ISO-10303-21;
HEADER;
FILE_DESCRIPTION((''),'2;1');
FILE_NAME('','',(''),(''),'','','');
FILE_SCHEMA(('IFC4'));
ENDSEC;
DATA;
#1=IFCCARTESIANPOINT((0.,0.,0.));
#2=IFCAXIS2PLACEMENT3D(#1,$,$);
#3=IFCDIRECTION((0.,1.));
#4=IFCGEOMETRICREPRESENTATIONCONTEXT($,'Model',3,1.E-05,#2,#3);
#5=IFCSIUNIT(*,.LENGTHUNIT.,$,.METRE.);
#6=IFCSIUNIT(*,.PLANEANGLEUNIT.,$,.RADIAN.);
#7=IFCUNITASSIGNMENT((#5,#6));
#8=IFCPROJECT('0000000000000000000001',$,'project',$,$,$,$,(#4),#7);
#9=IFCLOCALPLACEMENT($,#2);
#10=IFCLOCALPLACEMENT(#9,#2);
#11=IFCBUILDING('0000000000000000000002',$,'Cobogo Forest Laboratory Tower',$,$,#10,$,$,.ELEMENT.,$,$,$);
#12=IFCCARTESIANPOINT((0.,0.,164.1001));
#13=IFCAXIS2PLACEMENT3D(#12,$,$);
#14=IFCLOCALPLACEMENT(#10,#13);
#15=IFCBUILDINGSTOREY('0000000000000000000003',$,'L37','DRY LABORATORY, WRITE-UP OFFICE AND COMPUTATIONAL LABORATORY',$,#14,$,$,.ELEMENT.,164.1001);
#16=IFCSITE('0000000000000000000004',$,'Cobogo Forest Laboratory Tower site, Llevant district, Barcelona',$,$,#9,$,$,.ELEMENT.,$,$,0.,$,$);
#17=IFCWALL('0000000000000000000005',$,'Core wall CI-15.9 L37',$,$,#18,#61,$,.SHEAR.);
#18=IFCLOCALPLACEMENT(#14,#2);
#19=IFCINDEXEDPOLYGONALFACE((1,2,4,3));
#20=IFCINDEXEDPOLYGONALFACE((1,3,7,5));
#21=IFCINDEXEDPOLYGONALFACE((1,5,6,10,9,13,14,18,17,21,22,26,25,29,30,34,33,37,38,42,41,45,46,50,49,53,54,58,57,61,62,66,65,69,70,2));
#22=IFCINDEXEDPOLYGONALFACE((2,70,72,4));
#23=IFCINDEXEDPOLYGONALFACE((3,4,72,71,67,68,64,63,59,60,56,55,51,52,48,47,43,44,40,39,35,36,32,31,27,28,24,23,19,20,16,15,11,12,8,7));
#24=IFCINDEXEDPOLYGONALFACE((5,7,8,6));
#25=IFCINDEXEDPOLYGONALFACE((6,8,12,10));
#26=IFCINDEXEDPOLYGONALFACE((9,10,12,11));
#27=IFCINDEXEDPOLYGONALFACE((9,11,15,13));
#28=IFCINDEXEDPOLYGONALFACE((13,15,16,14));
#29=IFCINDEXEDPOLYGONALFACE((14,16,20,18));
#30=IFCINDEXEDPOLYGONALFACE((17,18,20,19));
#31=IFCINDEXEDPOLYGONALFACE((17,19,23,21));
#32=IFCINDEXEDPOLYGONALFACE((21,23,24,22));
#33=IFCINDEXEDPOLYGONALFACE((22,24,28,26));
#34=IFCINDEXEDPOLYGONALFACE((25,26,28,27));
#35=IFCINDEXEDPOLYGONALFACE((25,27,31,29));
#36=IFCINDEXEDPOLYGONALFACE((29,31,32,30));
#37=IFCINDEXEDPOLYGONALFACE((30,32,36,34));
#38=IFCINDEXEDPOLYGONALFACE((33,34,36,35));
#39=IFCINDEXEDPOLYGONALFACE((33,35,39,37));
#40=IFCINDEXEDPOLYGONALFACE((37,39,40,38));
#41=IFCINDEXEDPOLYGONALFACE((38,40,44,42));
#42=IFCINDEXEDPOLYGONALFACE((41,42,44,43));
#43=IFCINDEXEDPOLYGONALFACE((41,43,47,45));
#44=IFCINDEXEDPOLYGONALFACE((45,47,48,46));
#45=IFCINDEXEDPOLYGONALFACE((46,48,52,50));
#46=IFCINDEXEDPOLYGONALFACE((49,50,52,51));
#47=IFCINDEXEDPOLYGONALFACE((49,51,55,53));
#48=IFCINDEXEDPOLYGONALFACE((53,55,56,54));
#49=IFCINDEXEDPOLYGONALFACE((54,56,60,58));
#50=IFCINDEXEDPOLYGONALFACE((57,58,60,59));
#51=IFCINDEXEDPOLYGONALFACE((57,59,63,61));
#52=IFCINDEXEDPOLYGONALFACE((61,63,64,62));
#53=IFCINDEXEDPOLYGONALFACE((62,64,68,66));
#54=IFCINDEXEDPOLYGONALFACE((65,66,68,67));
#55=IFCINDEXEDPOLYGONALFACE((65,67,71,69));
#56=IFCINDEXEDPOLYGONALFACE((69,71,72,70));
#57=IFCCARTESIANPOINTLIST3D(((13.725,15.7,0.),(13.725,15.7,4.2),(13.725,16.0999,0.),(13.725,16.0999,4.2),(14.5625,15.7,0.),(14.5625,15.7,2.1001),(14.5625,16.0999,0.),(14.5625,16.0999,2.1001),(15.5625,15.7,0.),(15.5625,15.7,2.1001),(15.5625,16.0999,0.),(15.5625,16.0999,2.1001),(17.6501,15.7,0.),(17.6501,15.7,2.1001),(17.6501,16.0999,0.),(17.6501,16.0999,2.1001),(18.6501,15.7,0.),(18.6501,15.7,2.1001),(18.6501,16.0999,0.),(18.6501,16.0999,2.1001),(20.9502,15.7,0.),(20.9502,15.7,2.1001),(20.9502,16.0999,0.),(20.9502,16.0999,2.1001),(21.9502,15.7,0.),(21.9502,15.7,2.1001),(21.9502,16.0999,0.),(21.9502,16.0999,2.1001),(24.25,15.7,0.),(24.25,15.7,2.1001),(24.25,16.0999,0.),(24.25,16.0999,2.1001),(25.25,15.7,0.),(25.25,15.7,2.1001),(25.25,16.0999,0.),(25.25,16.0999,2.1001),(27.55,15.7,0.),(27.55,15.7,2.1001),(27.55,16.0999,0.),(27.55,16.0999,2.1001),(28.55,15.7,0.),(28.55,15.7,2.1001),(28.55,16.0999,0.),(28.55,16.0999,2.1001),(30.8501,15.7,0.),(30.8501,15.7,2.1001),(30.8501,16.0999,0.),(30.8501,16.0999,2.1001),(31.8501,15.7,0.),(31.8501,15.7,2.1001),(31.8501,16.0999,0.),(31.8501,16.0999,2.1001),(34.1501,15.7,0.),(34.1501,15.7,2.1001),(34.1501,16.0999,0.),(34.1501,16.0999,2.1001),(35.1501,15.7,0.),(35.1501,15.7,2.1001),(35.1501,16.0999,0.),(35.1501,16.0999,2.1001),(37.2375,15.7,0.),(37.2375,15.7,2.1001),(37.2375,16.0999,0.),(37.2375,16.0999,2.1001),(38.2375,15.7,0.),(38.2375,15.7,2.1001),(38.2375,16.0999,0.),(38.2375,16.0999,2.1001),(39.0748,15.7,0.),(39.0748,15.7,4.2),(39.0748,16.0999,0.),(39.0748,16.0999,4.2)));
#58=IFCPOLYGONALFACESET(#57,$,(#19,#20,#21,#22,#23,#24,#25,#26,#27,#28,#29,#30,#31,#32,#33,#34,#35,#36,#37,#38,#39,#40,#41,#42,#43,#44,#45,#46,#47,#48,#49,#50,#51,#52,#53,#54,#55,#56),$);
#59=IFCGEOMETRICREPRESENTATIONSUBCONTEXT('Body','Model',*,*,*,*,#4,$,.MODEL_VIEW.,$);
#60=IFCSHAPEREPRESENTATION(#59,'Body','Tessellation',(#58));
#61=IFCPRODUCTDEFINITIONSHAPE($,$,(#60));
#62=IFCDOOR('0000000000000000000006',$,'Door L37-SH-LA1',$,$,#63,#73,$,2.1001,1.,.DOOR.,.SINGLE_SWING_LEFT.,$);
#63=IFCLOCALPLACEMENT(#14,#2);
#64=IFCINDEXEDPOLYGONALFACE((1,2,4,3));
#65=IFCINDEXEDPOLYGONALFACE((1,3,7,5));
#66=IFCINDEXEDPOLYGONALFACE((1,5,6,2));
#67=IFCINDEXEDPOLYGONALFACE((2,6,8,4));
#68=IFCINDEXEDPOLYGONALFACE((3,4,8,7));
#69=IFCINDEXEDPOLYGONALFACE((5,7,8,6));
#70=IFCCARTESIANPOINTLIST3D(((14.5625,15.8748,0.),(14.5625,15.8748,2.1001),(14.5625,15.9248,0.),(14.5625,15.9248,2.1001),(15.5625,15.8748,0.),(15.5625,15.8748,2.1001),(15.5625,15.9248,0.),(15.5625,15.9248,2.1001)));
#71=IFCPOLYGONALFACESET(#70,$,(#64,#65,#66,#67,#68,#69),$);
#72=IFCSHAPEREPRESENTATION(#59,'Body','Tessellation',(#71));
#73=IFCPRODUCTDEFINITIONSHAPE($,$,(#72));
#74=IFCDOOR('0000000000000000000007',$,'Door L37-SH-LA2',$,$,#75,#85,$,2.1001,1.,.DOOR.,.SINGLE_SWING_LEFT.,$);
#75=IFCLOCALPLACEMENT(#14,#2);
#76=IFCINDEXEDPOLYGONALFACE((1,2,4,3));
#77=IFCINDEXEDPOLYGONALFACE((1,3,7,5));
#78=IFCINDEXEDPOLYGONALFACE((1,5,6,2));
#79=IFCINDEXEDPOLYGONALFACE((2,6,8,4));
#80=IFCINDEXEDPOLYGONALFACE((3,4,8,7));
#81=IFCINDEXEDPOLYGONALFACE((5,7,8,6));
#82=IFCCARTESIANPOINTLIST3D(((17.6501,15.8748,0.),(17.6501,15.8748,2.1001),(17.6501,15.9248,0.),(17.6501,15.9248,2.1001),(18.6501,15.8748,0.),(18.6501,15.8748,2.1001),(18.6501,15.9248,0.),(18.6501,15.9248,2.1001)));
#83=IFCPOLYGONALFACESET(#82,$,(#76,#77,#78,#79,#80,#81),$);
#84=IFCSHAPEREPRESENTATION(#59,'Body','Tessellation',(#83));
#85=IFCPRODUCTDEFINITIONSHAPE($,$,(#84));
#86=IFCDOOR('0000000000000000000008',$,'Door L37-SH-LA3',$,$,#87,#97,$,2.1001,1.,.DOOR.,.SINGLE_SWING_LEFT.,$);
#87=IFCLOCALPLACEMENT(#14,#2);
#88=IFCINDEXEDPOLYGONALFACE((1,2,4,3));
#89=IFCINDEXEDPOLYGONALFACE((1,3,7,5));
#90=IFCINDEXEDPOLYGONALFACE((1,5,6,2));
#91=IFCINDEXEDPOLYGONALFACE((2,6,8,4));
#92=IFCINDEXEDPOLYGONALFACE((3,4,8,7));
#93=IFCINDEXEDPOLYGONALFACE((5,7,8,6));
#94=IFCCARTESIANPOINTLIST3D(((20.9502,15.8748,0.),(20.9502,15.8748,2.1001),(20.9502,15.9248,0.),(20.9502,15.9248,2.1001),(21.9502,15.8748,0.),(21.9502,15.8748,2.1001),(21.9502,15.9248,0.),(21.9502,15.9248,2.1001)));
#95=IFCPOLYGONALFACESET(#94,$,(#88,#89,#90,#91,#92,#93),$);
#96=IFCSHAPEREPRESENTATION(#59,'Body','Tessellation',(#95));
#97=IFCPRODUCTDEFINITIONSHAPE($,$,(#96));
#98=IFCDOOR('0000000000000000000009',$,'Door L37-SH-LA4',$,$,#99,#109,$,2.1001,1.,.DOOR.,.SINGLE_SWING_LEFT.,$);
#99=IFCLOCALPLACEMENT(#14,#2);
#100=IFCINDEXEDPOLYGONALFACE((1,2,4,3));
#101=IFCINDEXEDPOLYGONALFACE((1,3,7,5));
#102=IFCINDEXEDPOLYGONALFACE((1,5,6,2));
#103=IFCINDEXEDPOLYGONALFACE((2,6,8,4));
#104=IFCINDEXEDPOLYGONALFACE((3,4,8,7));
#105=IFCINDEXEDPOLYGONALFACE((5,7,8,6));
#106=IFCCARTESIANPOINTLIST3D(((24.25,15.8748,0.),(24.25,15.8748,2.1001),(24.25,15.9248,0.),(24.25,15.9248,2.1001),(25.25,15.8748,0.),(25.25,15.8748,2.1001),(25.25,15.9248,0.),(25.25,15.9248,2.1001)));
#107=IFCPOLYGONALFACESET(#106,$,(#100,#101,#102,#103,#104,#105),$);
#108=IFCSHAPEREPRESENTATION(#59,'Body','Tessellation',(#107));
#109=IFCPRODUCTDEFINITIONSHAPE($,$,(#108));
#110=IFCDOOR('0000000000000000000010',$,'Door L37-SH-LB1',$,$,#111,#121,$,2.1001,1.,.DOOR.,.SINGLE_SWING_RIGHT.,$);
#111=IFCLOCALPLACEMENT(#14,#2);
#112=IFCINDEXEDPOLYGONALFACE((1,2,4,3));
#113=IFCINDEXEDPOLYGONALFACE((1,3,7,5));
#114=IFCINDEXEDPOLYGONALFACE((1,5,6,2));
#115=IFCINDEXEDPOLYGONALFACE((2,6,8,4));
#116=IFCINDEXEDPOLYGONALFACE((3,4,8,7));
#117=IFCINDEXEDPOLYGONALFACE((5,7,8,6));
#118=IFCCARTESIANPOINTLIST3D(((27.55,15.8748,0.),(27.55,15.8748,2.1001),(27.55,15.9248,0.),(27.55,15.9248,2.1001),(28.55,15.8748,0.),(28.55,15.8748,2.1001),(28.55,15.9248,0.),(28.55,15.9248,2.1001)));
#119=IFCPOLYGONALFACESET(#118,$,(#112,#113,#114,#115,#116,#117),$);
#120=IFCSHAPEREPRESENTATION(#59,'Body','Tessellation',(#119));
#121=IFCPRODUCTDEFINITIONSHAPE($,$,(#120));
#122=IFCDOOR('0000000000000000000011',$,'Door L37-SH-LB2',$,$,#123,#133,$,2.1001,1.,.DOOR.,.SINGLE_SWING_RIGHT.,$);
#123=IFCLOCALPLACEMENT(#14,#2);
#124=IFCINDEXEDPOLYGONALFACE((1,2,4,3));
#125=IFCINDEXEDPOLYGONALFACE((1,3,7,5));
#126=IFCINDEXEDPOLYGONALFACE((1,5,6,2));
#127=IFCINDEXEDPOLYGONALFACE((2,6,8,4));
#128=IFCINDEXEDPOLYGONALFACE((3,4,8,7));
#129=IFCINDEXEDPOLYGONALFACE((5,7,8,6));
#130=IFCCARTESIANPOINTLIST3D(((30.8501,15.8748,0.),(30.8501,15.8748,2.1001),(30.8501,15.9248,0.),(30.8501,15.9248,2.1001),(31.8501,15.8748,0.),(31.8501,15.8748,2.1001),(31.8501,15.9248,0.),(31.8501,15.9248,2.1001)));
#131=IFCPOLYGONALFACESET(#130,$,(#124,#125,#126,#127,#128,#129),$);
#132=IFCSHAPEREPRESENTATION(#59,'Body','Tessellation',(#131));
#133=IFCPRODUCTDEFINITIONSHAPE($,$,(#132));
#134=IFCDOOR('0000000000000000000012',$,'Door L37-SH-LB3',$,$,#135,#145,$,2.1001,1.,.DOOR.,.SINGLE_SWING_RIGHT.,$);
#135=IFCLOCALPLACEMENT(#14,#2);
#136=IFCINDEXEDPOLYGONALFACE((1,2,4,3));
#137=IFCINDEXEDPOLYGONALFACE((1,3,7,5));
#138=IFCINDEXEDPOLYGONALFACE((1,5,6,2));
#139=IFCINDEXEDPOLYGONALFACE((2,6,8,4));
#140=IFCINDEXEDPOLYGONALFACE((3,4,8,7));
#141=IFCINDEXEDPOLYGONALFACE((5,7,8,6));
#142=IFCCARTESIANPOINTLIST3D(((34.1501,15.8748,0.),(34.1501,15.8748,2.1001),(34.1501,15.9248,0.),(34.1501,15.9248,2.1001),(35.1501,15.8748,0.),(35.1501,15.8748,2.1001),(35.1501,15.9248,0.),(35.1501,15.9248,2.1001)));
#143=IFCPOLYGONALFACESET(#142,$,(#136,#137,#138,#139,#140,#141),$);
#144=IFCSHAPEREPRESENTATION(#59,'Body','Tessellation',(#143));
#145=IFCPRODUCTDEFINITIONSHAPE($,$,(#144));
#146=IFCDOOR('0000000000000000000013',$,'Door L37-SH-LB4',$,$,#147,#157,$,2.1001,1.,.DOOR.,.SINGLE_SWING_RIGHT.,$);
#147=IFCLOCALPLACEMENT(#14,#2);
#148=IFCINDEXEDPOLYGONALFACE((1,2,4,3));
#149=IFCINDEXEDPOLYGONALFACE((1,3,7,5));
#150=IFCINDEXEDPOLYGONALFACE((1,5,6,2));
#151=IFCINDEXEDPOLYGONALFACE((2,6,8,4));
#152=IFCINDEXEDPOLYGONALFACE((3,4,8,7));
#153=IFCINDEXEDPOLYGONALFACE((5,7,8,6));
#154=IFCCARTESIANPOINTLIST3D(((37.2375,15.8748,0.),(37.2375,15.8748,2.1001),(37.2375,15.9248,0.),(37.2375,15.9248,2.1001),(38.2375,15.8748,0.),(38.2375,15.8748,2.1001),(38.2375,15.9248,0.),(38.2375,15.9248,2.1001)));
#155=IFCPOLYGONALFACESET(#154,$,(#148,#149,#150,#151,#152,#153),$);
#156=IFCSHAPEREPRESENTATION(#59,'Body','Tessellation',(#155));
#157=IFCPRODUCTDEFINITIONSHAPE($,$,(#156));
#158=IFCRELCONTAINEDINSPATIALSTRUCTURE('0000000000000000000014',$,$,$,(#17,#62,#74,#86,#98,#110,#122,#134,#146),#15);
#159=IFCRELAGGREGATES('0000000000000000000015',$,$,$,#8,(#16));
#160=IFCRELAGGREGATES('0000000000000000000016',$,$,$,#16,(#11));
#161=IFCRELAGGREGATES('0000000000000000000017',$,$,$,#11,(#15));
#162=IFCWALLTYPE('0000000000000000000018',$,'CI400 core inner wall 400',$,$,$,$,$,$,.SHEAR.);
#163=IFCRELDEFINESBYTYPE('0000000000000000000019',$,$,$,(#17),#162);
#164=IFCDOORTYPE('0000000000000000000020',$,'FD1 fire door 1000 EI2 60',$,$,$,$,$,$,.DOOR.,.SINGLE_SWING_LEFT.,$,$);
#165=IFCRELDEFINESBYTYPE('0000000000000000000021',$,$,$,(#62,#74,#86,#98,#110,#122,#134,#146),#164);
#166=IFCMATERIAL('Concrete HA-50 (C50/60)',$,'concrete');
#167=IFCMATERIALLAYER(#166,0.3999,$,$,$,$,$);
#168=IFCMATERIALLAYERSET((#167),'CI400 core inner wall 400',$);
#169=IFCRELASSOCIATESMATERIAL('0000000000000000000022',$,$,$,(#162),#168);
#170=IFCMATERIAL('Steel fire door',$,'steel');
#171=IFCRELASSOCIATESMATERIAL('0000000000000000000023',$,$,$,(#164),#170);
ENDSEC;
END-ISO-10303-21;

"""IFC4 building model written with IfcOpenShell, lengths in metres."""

from ifc_helpers import new_model, si_unit, direction, frame, frame_2d, origin, place, context, subcontext, project, spatial, rectangle, extrude, material, layer, layer_set, type_object, element, fill, save


model = new_model("IFC4")

# Units and contexts
model_context = context("Model", 3, precision=1e-05, world=origin(), true_north=direction((0.0, 1.0)))
body_context = subcontext(model_context, "Body", "Model", "MODEL_VIEW")
ifc_project = project(units=[si_unit("LENGTHUNIT", "METRE"), si_unit("PLANEANGLEUNIT", "RADIAN")], contexts=[model_context])

# Site, building, storey
site_placement = place(None, origin())
site = spatial("IfcSite", under=ifc_project, at=site_placement, Name="Cobogo Forest Laboratory Tower site, Llevant district, Barcelona", CompositionType="ELEMENT", RefElevation=0.0)
building_placement = place(site_placement, origin())
building = spatial("IfcBuilding", under=site, at=building_placement, Name="Cobogo Forest Laboratory Tower", CompositionType="ELEMENT")
storey_placement = place(building_placement, frame((0.0, 0.0, 164.1001)))
storey = spatial("IfcBuildingStorey", under=building, at=storey_placement, Name="L37", Description="DRY LABORATORY, WRITE-UP OFFICE AND COMPUTATIONAL LABORATORY", CompositionType="ELEMENT", Elevation=164.1001)

# Wall, openings, doors
ifc_material_1 = material(Name="Concrete HA-50 (C50/60)", Category="concrete")
ifc_layer = layer(ifc_material_1, 0.3999)
ifc_layer_set = layer_set([ifc_layer], Name="CI400 core inner wall 400")
wall_type = type_object("IfcWallType", Name="CI400 core inner wall 400", PredefinedType="SHEAR", material=ifc_layer_set)
wall_1_placement = place(storey_placement, frame((13.7251, 15.8999, 0.0), z_axis=(0.0, 0.0, 1.0), x_axis=(1.0, 0.0, 0.0)))
wall_1 = element("IfcWall", 1, at=wall_1_placement, inside=storey, type_object=wall_type, Name="Core wall CI-15.9 L37", PredefinedType="SHEAR", context=body_context, shape_type="SweptSolid", body=[
    extrude(rectangle(XDim=25.3499, YDim=0.3999, at=frame_2d((12.6748, 0.0))), origin(), (0.0, 0.0, 1.0), 4.2),
])
opening_1_placement = place(wall_1_placement, frame((0.8374, 0.0, 0.0)))
opening_1 = element("IfcOpeningElement", 2, at=opening_1_placement, cuts=wall_1, PredefinedType="OPENING", context=body_context, shape_type="SweptSolid", body=[
    extrude(rectangle(XDim=1.0, YDim=2.1001, at=frame_2d((0.5, 1.05))), frame((0.0, 0.21, 0.0), z_axis=(0.0, -1.0, 0.0), x_axis=(1.0, 0.0, 0.0)), (0.0, 0.0, 1.0), 0.4199),
])
opening_2_placement = place(wall_1_placement, frame((3.925, 0.0, 0.0)))
opening_2 = element("IfcOpeningElement", 3, at=opening_2_placement, cuts=wall_1, PredefinedType="OPENING", context=body_context, shape_type="SweptSolid", body=[
    extrude(rectangle(XDim=1.0, YDim=2.1001, at=frame_2d((0.5, 1.05))), frame((0.0, 0.21, 0.0), z_axis=(0.0, -1.0, 0.0), x_axis=(1.0, 0.0, 0.0)), (0.0, 0.0, 1.0), 0.4199),
])
opening_3_placement = place(wall_1_placement, frame((7.2251, 0.0, 0.0)))
opening_3 = element("IfcOpeningElement", 4, at=opening_3_placement, cuts=wall_1, PredefinedType="OPENING", context=body_context, shape_type="SweptSolid", body=[
    extrude(rectangle(XDim=1.0, YDim=2.1001, at=frame_2d((0.5, 1.05))), frame((0.0, 0.21, 0.0), z_axis=(0.0, -1.0, 0.0), x_axis=(1.0, 0.0, 0.0)), (0.0, 0.0, 1.0), 0.4199),
])
opening_4_placement = place(wall_1_placement, frame((10.5249, 0.0, 0.0)))
opening_4 = element("IfcOpeningElement", 5, at=opening_4_placement, cuts=wall_1, PredefinedType="OPENING", context=body_context, shape_type="SweptSolid", body=[
    extrude(rectangle(XDim=1.0, YDim=2.1001, at=frame_2d((0.5, 1.05))), frame((0.0, 0.21, 0.0), z_axis=(0.0, -1.0, 0.0), x_axis=(1.0, 0.0, 0.0)), (0.0, 0.0, 1.0), 0.4199),
])
opening_5_placement = place(wall_1_placement, frame((13.825, 0.0, 0.0)))
opening_5 = element("IfcOpeningElement", 6, at=opening_5_placement, cuts=wall_1, PredefinedType="OPENING", context=body_context, shape_type="SweptSolid", body=[
    extrude(rectangle(XDim=1.0, YDim=2.1001, at=frame_2d((0.5, 1.05))), frame((0.0, 0.21, 0.0), z_axis=(0.0, -1.0, 0.0), x_axis=(1.0, 0.0, 0.0)), (0.0, 0.0, 1.0), 0.4199),
])
opening_6_placement = place(wall_1_placement, frame((17.125, 0.0, 0.0)))
opening_6 = element("IfcOpeningElement", 7, at=opening_6_placement, cuts=wall_1, PredefinedType="OPENING", context=body_context, shape_type="SweptSolid", body=[
    extrude(rectangle(XDim=1.0, YDim=2.1001, at=frame_2d((0.5, 1.05))), frame((0.0, 0.21, 0.0), z_axis=(0.0, -1.0, 0.0), x_axis=(1.0, 0.0, 0.0)), (0.0, 0.0, 1.0), 0.4199),
])
opening_7_placement = place(wall_1_placement, frame((20.425, 0.0, 0.0)))
opening_7 = element("IfcOpeningElement", 8, at=opening_7_placement, cuts=wall_1, PredefinedType="OPENING", context=body_context, shape_type="SweptSolid", body=[
    extrude(rectangle(XDim=1.0, YDim=2.1001, at=frame_2d((0.5, 1.05))), frame((0.0, 0.21, 0.0), z_axis=(0.0, -1.0, 0.0), x_axis=(1.0, 0.0, 0.0)), (0.0, 0.0, 1.0), 0.4199),
])
opening_8_placement = place(wall_1_placement, frame((23.5125, 0.0, 0.0)))
opening_8 = element("IfcOpeningElement", 9, at=opening_8_placement, cuts=wall_1, PredefinedType="OPENING", context=body_context, shape_type="SweptSolid", body=[
    extrude(rectangle(XDim=1.0, YDim=2.1001, at=frame_2d((0.5, 1.05))), frame((0.0, 0.21, 0.0), z_axis=(0.0, -1.0, 0.0), x_axis=(1.0, 0.0, 0.0)), (0.0, 0.0, 1.0), 0.4199),
])
ifc_material_2 = material(Name="Steel fire door", Category="steel")
door_type_1 = type_object("IfcDoorType", Name="FD1 fire door 1000 EI2 60", OperationType="SINGLE_SWING_LEFT", PredefinedType="DOOR", material=ifc_material_2)
door_1_placement = place(opening_1_placement, origin())
door_1 = element("IfcDoor", 10, at=door_1_placement, inside=storey, type_object=door_type_1, Name="Door L37-SH-LA1", OperationType="SINGLE_SWING_LEFT", OverallHeight=2.1001, OverallWidth=1.0, PredefinedType="DOOR", context=body_context, shape_type="SweptSolid", body=[
    extrude(rectangle(XDim=1.0, YDim=2.1001, at=frame_2d((0.5, 1.05))), frame((0.0, 0.0249, 0.0), z_axis=(0.0, -1.0, 0.0), x_axis=(1.0, 0.0, 0.0)), (0.0, 0.0, 1.0), 0.05),
])
fill(opening_1, door_1)
door_2_placement = place(opening_2_placement, origin())
door_2 = element("IfcDoor", 11, at=door_2_placement, inside=storey, type_object=door_type_1, Name="Door L37-SH-LA2", OperationType="SINGLE_SWING_LEFT", OverallHeight=2.1001, OverallWidth=1.0, PredefinedType="DOOR", context=body_context, shape_type="SweptSolid", body=[
    extrude(rectangle(XDim=1.0, YDim=2.1001, at=frame_2d((0.5, 1.05))), frame((0.0, 0.0249, 0.0), z_axis=(0.0, -1.0, 0.0), x_axis=(1.0, 0.0, 0.0)), (0.0, 0.0, 1.0), 0.05),
])
fill(opening_2, door_2)
door_3_placement = place(opening_3_placement, origin())
door_3 = element("IfcDoor", 12, at=door_3_placement, inside=storey, type_object=door_type_1, Name="Door L37-SH-LA3", OperationType="SINGLE_SWING_LEFT", OverallHeight=2.1001, OverallWidth=1.0, PredefinedType="DOOR", context=body_context, shape_type="SweptSolid", body=[
    extrude(rectangle(XDim=1.0, YDim=2.1001, at=frame_2d((0.5, 1.05))), frame((0.0, 0.0249, 0.0), z_axis=(0.0, -1.0, 0.0), x_axis=(1.0, 0.0, 0.0)), (0.0, 0.0, 1.0), 0.05),
])
fill(opening_3, door_3)
door_4_placement = place(opening_4_placement, origin())
door_4 = element("IfcDoor", 13, at=door_4_placement, inside=storey, type_object=door_type_1, Name="Door L37-SH-LA4", OperationType="SINGLE_SWING_LEFT", OverallHeight=2.1001, OverallWidth=1.0, PredefinedType="DOOR", context=body_context, shape_type="SweptSolid", body=[
    extrude(rectangle(XDim=1.0, YDim=2.1001, at=frame_2d((0.5, 1.05))), frame((0.0, 0.0249, 0.0), z_axis=(0.0, -1.0, 0.0), x_axis=(1.0, 0.0, 0.0)), (0.0, 0.0, 1.0), 0.05),
])
fill(opening_4, door_4)
door_5_placement = place(opening_5_placement, origin())
door_5 = element("IfcDoor", 14, at=door_5_placement, inside=storey, type_object=door_type_1, Name="Door L37-SH-LB1", OperationType="SINGLE_SWING_RIGHT", OverallHeight=2.1001, OverallWidth=1.0, PredefinedType="DOOR", context=body_context, shape_type="SweptSolid", body=[
    extrude(rectangle(XDim=1.0, YDim=2.1001, at=frame_2d((0.5, 1.05))), frame((0.0, 0.0249, 0.0), z_axis=(0.0, -1.0, 0.0), x_axis=(1.0, 0.0, 0.0)), (0.0, 0.0, 1.0), 0.05),
])
fill(opening_5, door_5)
door_6_placement = place(opening_6_placement, origin())
door_6 = element("IfcDoor", 15, at=door_6_placement, inside=storey, type_object=door_type_1, Name="Door L37-SH-LB2", OperationType="SINGLE_SWING_RIGHT", OverallHeight=2.1001, OverallWidth=1.0, PredefinedType="DOOR", context=body_context, shape_type="SweptSolid", body=[
    extrude(rectangle(XDim=1.0, YDim=2.1001, at=frame_2d((0.5, 1.05))), frame((0.0, 0.0249, 0.0), z_axis=(0.0, -1.0, 0.0), x_axis=(1.0, 0.0, 0.0)), (0.0, 0.0, 1.0), 0.05),
])
fill(opening_6, door_6)
door_7_placement = place(opening_7_placement, origin())
door_7 = element("IfcDoor", 16, at=door_7_placement, inside=storey, type_object=door_type_1, Name="Door L37-SH-LB3", OperationType="SINGLE_SWING_RIGHT", OverallHeight=2.1001, OverallWidth=1.0, PredefinedType="DOOR", context=body_context, shape_type="SweptSolid", body=[
    extrude(rectangle(XDim=1.0, YDim=2.1001, at=frame_2d((0.5, 1.05))), frame((0.0, 0.0249, 0.0), z_axis=(0.0, -1.0, 0.0), x_axis=(1.0, 0.0, 0.0)), (0.0, 0.0, 1.0), 0.05),
])
fill(opening_7, door_7)
door_8_placement = place(opening_8_placement, origin())
door_8 = element("IfcDoor", 17, at=door_8_placement, inside=storey, type_object=door_type_1, Name="Door L37-SH-LB4", OperationType="SINGLE_SWING_RIGHT", OverallHeight=2.1001, OverallWidth=1.0, PredefinedType="DOOR", context=body_context, shape_type="SweptSolid", body=[
    extrude(rectangle(XDim=1.0, YDim=2.1001, at=frame_2d((0.5, 1.05))), frame((0.0, 0.0249, 0.0), z_axis=(0.0, -1.0, 0.0), x_axis=(1.0, 0.0, 0.0)), (0.0, 0.0, 1.0), 0.05),
])
fill(opening_8, door_8)

save(model, "model.ifc")
